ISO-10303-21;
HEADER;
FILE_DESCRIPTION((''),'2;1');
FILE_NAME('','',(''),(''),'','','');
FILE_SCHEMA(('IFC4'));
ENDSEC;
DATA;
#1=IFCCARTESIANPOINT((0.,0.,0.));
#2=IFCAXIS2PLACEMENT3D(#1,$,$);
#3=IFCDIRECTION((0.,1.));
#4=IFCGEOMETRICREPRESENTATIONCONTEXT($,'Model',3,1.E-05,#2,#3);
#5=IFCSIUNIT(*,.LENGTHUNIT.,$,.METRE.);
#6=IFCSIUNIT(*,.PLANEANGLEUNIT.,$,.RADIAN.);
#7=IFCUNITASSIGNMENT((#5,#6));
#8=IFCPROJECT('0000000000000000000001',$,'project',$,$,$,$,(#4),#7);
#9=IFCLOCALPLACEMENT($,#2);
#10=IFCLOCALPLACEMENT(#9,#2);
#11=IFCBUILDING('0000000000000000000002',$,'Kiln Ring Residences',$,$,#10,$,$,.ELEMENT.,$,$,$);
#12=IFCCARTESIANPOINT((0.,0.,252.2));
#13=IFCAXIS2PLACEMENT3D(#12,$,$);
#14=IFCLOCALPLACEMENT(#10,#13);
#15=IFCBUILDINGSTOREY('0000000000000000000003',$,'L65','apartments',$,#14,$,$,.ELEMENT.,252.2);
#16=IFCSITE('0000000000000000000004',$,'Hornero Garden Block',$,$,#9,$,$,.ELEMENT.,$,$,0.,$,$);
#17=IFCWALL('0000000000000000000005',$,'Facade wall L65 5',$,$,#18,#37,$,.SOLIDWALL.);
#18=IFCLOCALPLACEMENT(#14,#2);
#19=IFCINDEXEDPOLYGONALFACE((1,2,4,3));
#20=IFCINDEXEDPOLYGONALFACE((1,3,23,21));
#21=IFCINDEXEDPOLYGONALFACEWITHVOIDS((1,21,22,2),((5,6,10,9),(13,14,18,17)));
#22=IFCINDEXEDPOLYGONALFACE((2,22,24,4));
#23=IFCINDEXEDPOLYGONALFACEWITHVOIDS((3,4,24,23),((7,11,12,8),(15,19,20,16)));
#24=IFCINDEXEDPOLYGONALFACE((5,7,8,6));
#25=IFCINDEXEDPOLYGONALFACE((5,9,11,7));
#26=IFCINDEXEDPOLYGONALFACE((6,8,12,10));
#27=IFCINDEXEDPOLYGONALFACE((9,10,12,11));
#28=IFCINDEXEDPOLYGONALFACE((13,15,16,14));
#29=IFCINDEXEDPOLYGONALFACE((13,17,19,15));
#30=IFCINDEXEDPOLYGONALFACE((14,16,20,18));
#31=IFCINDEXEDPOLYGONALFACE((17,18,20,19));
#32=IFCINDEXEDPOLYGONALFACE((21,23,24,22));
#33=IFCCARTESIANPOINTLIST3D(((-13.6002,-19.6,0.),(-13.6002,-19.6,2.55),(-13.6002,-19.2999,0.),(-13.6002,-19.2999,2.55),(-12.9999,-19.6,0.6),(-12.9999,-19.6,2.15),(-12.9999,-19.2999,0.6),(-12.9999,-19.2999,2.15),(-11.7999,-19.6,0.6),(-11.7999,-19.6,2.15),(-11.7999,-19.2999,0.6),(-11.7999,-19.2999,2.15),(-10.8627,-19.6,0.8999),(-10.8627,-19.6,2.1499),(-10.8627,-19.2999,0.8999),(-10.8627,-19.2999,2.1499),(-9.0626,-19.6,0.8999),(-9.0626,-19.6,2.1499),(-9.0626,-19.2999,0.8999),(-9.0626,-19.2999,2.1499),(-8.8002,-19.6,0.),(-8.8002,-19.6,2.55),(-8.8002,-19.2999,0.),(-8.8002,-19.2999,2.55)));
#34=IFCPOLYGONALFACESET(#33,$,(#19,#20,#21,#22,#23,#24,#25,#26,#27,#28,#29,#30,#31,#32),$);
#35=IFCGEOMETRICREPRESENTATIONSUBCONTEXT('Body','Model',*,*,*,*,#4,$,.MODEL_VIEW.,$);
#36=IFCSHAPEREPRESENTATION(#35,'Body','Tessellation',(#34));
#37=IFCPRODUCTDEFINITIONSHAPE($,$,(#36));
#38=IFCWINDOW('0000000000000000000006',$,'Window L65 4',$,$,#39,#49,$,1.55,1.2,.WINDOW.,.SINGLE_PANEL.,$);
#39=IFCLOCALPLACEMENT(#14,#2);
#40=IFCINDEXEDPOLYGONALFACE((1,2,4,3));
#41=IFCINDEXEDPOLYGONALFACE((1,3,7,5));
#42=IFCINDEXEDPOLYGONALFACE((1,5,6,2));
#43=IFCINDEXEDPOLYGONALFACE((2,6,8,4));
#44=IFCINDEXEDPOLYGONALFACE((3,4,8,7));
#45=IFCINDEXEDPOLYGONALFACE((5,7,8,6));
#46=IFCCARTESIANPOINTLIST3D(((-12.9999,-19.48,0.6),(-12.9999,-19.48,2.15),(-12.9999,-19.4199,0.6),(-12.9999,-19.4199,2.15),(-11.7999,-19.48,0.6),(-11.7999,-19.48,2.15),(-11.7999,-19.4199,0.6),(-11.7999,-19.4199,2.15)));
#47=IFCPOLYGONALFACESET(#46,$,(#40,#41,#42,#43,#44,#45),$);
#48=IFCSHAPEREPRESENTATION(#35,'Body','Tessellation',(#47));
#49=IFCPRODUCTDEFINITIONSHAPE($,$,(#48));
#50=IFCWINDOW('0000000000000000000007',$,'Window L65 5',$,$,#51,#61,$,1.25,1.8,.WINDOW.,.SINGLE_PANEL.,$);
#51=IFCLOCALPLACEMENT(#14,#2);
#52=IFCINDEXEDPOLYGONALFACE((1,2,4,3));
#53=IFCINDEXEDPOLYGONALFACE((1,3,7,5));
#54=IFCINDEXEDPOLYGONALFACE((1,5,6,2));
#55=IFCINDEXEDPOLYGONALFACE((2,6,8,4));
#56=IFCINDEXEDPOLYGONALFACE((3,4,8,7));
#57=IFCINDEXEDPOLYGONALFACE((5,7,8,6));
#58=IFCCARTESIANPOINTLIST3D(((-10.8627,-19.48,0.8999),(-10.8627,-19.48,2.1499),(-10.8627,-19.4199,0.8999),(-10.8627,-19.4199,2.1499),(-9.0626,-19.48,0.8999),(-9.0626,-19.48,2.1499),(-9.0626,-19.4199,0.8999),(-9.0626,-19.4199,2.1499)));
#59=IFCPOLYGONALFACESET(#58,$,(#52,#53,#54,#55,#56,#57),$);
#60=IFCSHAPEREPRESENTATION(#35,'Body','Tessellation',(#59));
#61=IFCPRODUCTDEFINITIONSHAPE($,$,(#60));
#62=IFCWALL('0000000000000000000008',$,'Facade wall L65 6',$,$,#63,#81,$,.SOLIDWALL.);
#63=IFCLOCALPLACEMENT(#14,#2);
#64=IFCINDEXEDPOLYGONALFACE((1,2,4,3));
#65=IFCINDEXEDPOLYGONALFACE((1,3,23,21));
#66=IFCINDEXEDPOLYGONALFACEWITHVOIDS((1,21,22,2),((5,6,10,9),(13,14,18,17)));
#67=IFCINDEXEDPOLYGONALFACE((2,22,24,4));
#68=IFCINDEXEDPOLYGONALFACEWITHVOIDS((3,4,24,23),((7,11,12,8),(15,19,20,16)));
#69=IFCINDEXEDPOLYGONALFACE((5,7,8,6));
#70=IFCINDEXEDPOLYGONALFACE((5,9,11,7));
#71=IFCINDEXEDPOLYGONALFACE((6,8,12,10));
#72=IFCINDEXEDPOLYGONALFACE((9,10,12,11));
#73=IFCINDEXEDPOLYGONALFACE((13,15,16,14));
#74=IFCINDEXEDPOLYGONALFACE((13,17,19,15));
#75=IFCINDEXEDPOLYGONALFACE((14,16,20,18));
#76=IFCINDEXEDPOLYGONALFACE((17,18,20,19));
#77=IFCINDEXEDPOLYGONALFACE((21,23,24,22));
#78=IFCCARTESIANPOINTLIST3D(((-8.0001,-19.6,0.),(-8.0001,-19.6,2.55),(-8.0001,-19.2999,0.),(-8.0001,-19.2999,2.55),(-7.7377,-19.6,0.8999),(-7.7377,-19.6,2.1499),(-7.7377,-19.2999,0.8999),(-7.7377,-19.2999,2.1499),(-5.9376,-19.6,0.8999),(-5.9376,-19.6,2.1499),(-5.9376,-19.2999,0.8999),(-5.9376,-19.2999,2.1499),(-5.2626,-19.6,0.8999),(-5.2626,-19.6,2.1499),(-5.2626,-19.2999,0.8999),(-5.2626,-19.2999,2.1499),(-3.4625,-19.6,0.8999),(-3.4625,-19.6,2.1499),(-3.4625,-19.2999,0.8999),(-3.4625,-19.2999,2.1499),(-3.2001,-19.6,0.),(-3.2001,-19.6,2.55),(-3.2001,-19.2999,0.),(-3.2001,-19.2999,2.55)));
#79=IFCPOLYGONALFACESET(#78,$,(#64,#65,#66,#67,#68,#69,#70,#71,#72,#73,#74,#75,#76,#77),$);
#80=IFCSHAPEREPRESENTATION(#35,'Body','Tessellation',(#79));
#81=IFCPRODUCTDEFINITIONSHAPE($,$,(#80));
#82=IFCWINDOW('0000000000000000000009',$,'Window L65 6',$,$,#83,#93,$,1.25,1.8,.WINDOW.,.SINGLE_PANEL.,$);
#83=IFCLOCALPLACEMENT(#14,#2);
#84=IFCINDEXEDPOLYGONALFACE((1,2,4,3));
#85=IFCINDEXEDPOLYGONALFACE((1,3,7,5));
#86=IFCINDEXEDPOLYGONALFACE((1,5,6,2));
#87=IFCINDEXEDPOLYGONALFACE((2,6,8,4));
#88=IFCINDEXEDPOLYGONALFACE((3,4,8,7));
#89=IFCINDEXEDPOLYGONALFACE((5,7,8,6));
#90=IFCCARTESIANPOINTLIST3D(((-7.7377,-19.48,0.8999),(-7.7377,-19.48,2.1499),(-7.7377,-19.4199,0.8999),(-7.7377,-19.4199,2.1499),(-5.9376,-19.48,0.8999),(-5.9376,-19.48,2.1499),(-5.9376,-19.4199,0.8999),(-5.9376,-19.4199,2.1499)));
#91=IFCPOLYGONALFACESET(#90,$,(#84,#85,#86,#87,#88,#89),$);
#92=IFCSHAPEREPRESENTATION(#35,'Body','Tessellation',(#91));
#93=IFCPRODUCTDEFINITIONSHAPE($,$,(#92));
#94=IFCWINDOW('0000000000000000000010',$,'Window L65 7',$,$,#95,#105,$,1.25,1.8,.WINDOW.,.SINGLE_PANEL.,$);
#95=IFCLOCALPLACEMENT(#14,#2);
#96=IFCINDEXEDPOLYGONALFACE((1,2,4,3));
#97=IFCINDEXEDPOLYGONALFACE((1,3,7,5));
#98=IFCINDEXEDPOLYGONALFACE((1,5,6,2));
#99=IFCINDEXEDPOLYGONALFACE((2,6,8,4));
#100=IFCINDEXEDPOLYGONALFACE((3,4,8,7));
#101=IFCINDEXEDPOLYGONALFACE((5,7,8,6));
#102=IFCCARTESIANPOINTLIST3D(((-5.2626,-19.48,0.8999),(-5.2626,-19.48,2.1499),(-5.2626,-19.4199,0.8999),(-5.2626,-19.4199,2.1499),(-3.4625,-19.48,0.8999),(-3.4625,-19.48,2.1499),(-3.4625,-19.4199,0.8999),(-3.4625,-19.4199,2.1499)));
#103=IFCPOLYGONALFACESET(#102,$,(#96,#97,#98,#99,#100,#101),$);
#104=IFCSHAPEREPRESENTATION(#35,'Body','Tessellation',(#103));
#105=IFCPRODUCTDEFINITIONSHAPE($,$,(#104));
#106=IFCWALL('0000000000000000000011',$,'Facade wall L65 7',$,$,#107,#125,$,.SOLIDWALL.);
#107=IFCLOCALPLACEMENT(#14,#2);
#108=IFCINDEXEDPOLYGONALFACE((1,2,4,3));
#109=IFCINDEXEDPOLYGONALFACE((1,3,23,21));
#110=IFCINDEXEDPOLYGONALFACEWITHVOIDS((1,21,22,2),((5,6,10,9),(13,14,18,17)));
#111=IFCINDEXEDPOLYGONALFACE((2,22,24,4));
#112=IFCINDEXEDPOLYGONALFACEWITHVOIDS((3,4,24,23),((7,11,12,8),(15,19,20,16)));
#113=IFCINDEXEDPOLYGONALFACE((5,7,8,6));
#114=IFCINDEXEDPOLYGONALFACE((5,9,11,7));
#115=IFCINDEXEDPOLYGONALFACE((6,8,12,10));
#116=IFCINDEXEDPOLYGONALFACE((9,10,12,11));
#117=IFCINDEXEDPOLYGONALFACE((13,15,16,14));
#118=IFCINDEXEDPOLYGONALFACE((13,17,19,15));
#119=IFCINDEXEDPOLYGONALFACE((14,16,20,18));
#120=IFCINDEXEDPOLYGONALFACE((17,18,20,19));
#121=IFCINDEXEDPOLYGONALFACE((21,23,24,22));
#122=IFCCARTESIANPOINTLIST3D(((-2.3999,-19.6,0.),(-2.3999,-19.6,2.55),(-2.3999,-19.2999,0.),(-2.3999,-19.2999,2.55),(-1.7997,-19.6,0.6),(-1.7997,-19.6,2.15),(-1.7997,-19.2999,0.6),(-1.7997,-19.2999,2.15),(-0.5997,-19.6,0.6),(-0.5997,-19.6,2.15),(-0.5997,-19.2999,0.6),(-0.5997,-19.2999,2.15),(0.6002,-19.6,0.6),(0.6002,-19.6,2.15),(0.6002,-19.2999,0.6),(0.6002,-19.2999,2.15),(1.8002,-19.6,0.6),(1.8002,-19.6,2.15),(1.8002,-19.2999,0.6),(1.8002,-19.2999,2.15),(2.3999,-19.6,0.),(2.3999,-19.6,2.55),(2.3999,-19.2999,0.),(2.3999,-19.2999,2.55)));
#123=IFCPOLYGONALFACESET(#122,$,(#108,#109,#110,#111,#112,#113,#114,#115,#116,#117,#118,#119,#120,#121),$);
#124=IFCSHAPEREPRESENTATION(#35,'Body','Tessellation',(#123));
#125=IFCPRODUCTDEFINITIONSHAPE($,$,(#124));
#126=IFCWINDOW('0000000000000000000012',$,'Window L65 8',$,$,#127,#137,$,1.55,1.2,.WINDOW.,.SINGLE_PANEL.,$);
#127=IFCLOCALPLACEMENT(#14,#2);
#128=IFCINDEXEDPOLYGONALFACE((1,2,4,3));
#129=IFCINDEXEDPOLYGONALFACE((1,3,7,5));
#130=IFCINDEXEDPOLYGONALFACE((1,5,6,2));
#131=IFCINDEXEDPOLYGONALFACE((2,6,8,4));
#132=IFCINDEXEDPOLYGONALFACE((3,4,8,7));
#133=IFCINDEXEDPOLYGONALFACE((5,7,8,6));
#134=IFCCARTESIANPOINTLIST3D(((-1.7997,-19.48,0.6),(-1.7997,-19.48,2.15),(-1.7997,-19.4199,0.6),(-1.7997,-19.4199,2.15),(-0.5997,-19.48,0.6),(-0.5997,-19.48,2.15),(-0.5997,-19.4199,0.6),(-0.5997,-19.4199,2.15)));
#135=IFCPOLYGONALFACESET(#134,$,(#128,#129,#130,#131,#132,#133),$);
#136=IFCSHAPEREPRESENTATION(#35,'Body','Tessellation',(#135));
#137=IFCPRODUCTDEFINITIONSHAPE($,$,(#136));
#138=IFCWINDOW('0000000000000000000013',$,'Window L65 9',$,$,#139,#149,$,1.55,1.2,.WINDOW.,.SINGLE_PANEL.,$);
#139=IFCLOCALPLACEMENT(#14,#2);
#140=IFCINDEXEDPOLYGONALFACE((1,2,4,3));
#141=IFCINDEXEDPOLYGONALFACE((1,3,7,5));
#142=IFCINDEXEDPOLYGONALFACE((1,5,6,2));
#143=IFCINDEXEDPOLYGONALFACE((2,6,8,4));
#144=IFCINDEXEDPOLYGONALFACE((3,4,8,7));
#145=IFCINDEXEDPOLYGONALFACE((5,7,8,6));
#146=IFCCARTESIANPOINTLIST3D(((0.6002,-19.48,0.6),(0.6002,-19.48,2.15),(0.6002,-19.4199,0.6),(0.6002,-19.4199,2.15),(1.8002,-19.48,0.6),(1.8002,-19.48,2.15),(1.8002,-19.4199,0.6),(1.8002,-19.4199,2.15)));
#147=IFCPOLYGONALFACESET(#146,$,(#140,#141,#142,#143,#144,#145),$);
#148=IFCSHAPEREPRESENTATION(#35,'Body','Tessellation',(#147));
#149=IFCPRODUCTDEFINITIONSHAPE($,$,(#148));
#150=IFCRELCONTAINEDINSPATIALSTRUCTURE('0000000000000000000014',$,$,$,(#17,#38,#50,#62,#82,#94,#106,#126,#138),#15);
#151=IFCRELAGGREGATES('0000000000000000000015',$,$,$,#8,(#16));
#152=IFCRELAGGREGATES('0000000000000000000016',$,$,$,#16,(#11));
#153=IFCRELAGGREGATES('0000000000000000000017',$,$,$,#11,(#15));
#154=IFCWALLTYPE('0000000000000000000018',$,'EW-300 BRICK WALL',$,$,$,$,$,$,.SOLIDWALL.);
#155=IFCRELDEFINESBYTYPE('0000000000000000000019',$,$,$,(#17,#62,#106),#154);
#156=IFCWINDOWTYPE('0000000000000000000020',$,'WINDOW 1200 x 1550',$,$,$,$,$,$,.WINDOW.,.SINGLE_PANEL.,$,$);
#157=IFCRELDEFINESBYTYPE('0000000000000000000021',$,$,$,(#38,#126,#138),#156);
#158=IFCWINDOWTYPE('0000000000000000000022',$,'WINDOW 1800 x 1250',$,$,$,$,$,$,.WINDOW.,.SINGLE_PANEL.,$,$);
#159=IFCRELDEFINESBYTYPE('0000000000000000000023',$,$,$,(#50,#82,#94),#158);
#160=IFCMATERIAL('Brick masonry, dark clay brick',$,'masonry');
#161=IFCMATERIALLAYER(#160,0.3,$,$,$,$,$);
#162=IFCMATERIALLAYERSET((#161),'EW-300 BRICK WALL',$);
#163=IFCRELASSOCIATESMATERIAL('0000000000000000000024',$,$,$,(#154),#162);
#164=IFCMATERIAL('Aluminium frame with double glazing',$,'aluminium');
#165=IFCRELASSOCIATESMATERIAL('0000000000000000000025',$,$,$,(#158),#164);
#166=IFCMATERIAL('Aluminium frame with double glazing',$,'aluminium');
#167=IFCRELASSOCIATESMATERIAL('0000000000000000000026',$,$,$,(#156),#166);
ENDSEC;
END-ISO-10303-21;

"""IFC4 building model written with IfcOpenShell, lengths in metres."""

from ifc_helpers import new_model, si_unit, direction, frame, frame_2d, origin, place, context, subcontext, project, spatial, rectangle, extrude, material, layer, layer_set, type_object, element, fill, save


model = new_model("IFC4")

# Units and contexts
model_context = context("Model", 3, precision=1e-05, world=origin(), true_north=direction((0.0, 1.0)))
body_context = subcontext(model_context, "Body", "Model", "MODEL_VIEW")
ifc_project = project(units=[si_unit("LENGTHUNIT", "METRE"), si_unit("PLANEANGLEUNIT", "RADIAN")], contexts=[model_context])

# Site, building, storey
site_placement = place(None, origin())
site = spatial("IfcSite", under=ifc_project, at=site_placement, Name="Hornero Garden Block", CompositionType="ELEMENT", RefElevation=0.0)
building_placement = place(site_placement, origin())
building = spatial("IfcBuilding", under=site, at=building_placement, Name="Kiln Ring Residences", CompositionType="ELEMENT")
storey_placement = place(building_placement, frame((0.0, 0.0, 252.2)))
storey = spatial("IfcBuildingStorey", under=building, at=storey_placement, Name="L65", Description="apartments", CompositionType="ELEMENT", Elevation=252.2)

# Shared definitions
ifc_material_1 = material(Name="Brick masonry, dark clay brick", Category="masonry")
ifc_layer_1 = layer(ifc_material_1, 0.3)
ifc_layer_set_1 = layer_set([ifc_layer_1], Name="EW-300 BRICK WALL")
wall_type_1 = type_object("IfcWallType", Name="EW-300 BRICK WALL", PredefinedType="SOLIDWALL", material=ifc_layer_set_1)
ifc_material_2 = material(Name="Aluminium frame with double glazing", Category="aluminium")
window_type_1 = type_object("IfcWindowType", Name="WINDOW 1800 x 1250", PartitioningType="SINGLE_PANEL", PredefinedType="WINDOW", material=ifc_material_2)

# Walls, openings, windows
wall_1_placement = place(storey_placement, frame((-13.6001, -19.45, 0.0), z_axis=(0.0, 0.0, 1.0), x_axis=(1.0, 0.0, 0.0)))
wall_1 = element("IfcWall", 1, at=wall_1_placement, inside=storey, type_object=wall_type_1, Name="Facade wall L65 5", PredefinedType="SOLIDWALL", context=body_context, shape_type="SweptSolid", body=[
    extrude(rectangle(XDim=4.8, YDim=0.3, at=frame_2d((2.3999, 0.0))), origin(), (0.0, 0.0, 1.0), 2.55),
])
opening_1_placement = place(wall_1_placement, frame((0.6001, 0.0, 0.6001)))
opening_1 = element("IfcOpeningElement", 2, at=opening_1_placement, cuts=wall_1, PredefinedType="OPENING", context=body_context, shape_type="SweptSolid", body=[
    extrude(rectangle(XDim=1.2, YDim=1.55, at=frame_2d((0.6001, 0.7749))), frame((0.0, 0.1599, 0.0), z_axis=(0.0, -1.0, 0.0), x_axis=(1.0, 0.0, 0.0)), (0.0, 0.0, 1.0), 0.3201),
])
opening_2_placement = place(wall_1_placement, frame((2.7375, 0.0, 0.8999)))
opening_2 = element("IfcOpeningElement", 3, at=opening_2_placement, cuts=wall_1, PredefinedType="OPENING", context=body_context, shape_type="SweptSolid", body=[
    extrude(rectangle(XDim=1.8, YDim=1.25, at=frame_2d((0.8999, 0.625))), frame((0.0, 0.1599, 0.0), z_axis=(0.0, -1.0, 0.0), x_axis=(1.0, 0.0, 0.0)), (0.0, 0.0, 1.0), 0.3201),
])
ifc_material_3 = material(Name="Aluminium frame with double glazing", Category="aluminium")
window_type_2 = type_object("IfcWindowType", Name="WINDOW 1200 x 1550", PartitioningType="SINGLE_PANEL", PredefinedType="WINDOW", material=ifc_material_3)
window_1_placement = place(opening_1_placement, origin())
window_1 = element("IfcWindow", 4, at=window_1_placement, inside=storey, type_object=window_type_2, Name="Window L65 4", OverallHeight=1.55, OverallWidth=1.2, PartitioningType="SINGLE_PANEL", PredefinedType="WINDOW", context=body_context, shape_type="SweptSolid", body=[
    extrude(rectangle(XDim=1.2, YDim=1.55, at=frame_2d((0.6001, 0.7749))), frame((0.0, 0.03, 0.0), z_axis=(0.0, -1.0, 0.0), x_axis=(1.0, 0.0, 0.0)), (0.0, 0.0, 1.0), 0.0601),
])
fill(opening_1, window_1)
window_2_placement = place(opening_2_placement, origin())
window_2 = element("IfcWindow", 5, at=window_2_placement, inside=storey, type_object=window_type_1, Name="Window L65 5", OverallHeight=1.25, OverallWidth=1.8, PartitioningType="SINGLE_PANEL", PredefinedType="WINDOW", context=body_context, shape_type="SweptSolid", body=[
    extrude(rectangle(XDim=1.8, YDim=1.25, at=frame_2d((0.8999, 0.625))), frame((0.0, 0.03, 0.0), z_axis=(0.0, -1.0, 0.0), x_axis=(1.0, 0.0, 0.0)), (0.0, 0.0, 1.0), 0.0601),
])
fill(opening_2, window_2)
wall_2_placement = place(storey_placement, frame((-8.0, -19.45, 0.0), z_axis=(0.0, 0.0, 1.0), x_axis=(1.0, 0.0, 0.0)))
wall_2 = element("IfcWall", 6, at=wall_2_placement, inside=storey, type_object=wall_type_1, Name="Facade wall L65 6", PredefinedType="SOLIDWALL", context=body_context, shape_type="SweptSolid", body=[
    extrude(rectangle(XDim=4.8, YDim=0.3, at=frame_2d((2.3999, 0.0))), origin(), (0.0, 0.0, 1.0), 2.55),
])
opening_3_placement = place(wall_2_placement, frame((0.2625, 0.0, 0.8999)))
opening_3 = element("IfcOpeningElement", 7, at=opening_3_placement, cuts=wall_2, PredefinedType="OPENING", context=body_context, shape_type="SweptSolid", body=[
    extrude(rectangle(XDim=1.8, YDim=1.25, at=frame_2d((0.8999, 0.625))), frame((0.0, 0.1599, 0.0), z_axis=(0.0, -1.0, 0.0), x_axis=(1.0, 0.0, 0.0)), (0.0, 0.0, 1.0), 0.3201),
])
opening_4_placement = place(wall_2_placement, frame((2.7375, 0.0, 0.8999)))
opening_4 = element("IfcOpeningElement", 8, at=opening_4_placement, cuts=wall_2, PredefinedType="OPENING", context=body_context, shape_type="SweptSolid", body=[
    extrude(rectangle(XDim=1.8, YDim=1.25, at=frame_2d((0.8999, 0.625))), frame((0.0, 0.1599, 0.0), z_axis=(0.0, -1.0, 0.0), x_axis=(1.0, 0.0, 0.0)), (0.0, 0.0, 1.0), 0.3201),
])
window_3_placement = place(opening_3_placement, origin())
window_3 = element("IfcWindow", 9, at=window_3_placement, inside=storey, type_object=window_type_1, Name="Window L65 6", OverallHeight=1.25, OverallWidth=1.8, PartitioningType="SINGLE_PANEL", PredefinedType="WINDOW", context=body_context, shape_type="SweptSolid", body=[
    extrude(rectangle(XDim=1.8, YDim=1.25, at=frame_2d((0.8999, 0.625))), frame((0.0, 0.03, 0.0), z_axis=(0.0, -1.0, 0.0), x_axis=(1.0, 0.0, 0.0)), (0.0, 0.0, 1.0), 0.0601),
])
fill(opening_3, window_3)
window_4_placement = place(opening_4_placement, origin())
window_4 = element("IfcWindow", 10, at=window_4_placement, inside=storey, type_object=window_type_1, Name="Window L65 7", OverallHeight=1.25, OverallWidth=1.8, PartitioningType="SINGLE_PANEL", PredefinedType="WINDOW", context=body_context, shape_type="SweptSolid", body=[
    extrude(rectangle(XDim=1.8, YDim=1.25, at=frame_2d((0.8999, 0.625))), frame((0.0, 0.03, 0.0), z_axis=(0.0, -1.0, 0.0), x_axis=(1.0, 0.0, 0.0)), (0.0, 0.0, 1.0), 0.0601),
])
fill(opening_4, window_4)
wall_3_placement = place(storey_placement, frame((-2.3999, -19.45, 0.0), z_axis=(0.0, 0.0, 1.0), x_axis=(1.0, 0.0, 0.0)))
wall_3 = element("IfcWall", 11, at=wall_3_placement, inside=storey, type_object=wall_type_1, Name="Facade wall L65 7", PredefinedType="SOLIDWALL", context=body_context, shape_type="SweptSolid", body=[
    extrude(rectangle(XDim=4.7998, YDim=0.3, at=frame_2d((2.3999, 0.0))), origin(), (0.0, 0.0, 1.0), 2.55),
])
opening_5_placement = place(wall_3_placement, frame((0.6001, 0.0, 0.6001)))
opening_5 = element("IfcOpeningElement", 12, at=opening_5_placement, cuts=wall_3, PredefinedType="OPENING", context=body_context, shape_type="SweptSolid", body=[
    extrude(rectangle(XDim=1.2, YDim=1.55, at=frame_2d((0.6001, 0.7749))), frame((0.0, 0.1599, 0.0), z_axis=(0.0, -1.0, 0.0), x_axis=(1.0, 0.0, 0.0)), (0.0, 0.0, 1.0), 0.3201),
])
opening_6_placement = place(wall_3_placement, frame((3.0, 0.0, 0.6001)))
opening_6 = element("IfcOpeningElement", 13, at=opening_6_placement, cuts=wall_3, PredefinedType="OPENING", context=body_context, shape_type="SweptSolid", body=[
    extrude(rectangle(XDim=1.2, YDim=1.55, at=frame_2d((0.6001, 0.7749))), frame((0.0, 0.1599, 0.0), z_axis=(0.0, -1.0, 0.0), x_axis=(1.0, 0.0, 0.0)), (0.0, 0.0, 1.0), 0.3201),
])
window_5_placement = place(opening_5_placement, origin())
window_5 = element("IfcWindow", 14, at=window_5_placement, inside=storey, type_object=window_type_2, Name="Window L65 8", OverallHeight=1.55, OverallWidth=1.2, PartitioningType="SINGLE_PANEL", PredefinedType="WINDOW", context=body_context, shape_type="SweptSolid", body=[
    extrude(rectangle(XDim=1.2, YDim=1.55, at=frame_2d((0.6001, 0.7749))), frame((0.0, 0.03, 0.0), z_axis=(0.0, -1.0, 0.0), x_axis=(1.0, 0.0, 0.0)), (0.0, 0.0, 1.0), 0.0601),
])
fill(opening_5, window_5)
window_6_placement = place(opening_6_placement, origin())
window_6 = element("IfcWindow", 15, at=window_6_placement, inside=storey, type_object=window_type_2, Name="Window L65 9", OverallHeight=1.55, OverallWidth=1.2, PartitioningType="SINGLE_PANEL", PredefinedType="WINDOW", context=body_context, shape_type="SweptSolid", body=[
    extrude(rectangle(XDim=1.2, YDim=1.55, at=frame_2d((0.6001, 0.7749))), frame((0.0, 0.03, 0.0), z_axis=(0.0, -1.0, 0.0), x_axis=(1.0, 0.0, 0.0)), (0.0, 0.0, 1.0), 0.0601),
])
fill(opening_6, window_6)

save(model, "model.ifc")
